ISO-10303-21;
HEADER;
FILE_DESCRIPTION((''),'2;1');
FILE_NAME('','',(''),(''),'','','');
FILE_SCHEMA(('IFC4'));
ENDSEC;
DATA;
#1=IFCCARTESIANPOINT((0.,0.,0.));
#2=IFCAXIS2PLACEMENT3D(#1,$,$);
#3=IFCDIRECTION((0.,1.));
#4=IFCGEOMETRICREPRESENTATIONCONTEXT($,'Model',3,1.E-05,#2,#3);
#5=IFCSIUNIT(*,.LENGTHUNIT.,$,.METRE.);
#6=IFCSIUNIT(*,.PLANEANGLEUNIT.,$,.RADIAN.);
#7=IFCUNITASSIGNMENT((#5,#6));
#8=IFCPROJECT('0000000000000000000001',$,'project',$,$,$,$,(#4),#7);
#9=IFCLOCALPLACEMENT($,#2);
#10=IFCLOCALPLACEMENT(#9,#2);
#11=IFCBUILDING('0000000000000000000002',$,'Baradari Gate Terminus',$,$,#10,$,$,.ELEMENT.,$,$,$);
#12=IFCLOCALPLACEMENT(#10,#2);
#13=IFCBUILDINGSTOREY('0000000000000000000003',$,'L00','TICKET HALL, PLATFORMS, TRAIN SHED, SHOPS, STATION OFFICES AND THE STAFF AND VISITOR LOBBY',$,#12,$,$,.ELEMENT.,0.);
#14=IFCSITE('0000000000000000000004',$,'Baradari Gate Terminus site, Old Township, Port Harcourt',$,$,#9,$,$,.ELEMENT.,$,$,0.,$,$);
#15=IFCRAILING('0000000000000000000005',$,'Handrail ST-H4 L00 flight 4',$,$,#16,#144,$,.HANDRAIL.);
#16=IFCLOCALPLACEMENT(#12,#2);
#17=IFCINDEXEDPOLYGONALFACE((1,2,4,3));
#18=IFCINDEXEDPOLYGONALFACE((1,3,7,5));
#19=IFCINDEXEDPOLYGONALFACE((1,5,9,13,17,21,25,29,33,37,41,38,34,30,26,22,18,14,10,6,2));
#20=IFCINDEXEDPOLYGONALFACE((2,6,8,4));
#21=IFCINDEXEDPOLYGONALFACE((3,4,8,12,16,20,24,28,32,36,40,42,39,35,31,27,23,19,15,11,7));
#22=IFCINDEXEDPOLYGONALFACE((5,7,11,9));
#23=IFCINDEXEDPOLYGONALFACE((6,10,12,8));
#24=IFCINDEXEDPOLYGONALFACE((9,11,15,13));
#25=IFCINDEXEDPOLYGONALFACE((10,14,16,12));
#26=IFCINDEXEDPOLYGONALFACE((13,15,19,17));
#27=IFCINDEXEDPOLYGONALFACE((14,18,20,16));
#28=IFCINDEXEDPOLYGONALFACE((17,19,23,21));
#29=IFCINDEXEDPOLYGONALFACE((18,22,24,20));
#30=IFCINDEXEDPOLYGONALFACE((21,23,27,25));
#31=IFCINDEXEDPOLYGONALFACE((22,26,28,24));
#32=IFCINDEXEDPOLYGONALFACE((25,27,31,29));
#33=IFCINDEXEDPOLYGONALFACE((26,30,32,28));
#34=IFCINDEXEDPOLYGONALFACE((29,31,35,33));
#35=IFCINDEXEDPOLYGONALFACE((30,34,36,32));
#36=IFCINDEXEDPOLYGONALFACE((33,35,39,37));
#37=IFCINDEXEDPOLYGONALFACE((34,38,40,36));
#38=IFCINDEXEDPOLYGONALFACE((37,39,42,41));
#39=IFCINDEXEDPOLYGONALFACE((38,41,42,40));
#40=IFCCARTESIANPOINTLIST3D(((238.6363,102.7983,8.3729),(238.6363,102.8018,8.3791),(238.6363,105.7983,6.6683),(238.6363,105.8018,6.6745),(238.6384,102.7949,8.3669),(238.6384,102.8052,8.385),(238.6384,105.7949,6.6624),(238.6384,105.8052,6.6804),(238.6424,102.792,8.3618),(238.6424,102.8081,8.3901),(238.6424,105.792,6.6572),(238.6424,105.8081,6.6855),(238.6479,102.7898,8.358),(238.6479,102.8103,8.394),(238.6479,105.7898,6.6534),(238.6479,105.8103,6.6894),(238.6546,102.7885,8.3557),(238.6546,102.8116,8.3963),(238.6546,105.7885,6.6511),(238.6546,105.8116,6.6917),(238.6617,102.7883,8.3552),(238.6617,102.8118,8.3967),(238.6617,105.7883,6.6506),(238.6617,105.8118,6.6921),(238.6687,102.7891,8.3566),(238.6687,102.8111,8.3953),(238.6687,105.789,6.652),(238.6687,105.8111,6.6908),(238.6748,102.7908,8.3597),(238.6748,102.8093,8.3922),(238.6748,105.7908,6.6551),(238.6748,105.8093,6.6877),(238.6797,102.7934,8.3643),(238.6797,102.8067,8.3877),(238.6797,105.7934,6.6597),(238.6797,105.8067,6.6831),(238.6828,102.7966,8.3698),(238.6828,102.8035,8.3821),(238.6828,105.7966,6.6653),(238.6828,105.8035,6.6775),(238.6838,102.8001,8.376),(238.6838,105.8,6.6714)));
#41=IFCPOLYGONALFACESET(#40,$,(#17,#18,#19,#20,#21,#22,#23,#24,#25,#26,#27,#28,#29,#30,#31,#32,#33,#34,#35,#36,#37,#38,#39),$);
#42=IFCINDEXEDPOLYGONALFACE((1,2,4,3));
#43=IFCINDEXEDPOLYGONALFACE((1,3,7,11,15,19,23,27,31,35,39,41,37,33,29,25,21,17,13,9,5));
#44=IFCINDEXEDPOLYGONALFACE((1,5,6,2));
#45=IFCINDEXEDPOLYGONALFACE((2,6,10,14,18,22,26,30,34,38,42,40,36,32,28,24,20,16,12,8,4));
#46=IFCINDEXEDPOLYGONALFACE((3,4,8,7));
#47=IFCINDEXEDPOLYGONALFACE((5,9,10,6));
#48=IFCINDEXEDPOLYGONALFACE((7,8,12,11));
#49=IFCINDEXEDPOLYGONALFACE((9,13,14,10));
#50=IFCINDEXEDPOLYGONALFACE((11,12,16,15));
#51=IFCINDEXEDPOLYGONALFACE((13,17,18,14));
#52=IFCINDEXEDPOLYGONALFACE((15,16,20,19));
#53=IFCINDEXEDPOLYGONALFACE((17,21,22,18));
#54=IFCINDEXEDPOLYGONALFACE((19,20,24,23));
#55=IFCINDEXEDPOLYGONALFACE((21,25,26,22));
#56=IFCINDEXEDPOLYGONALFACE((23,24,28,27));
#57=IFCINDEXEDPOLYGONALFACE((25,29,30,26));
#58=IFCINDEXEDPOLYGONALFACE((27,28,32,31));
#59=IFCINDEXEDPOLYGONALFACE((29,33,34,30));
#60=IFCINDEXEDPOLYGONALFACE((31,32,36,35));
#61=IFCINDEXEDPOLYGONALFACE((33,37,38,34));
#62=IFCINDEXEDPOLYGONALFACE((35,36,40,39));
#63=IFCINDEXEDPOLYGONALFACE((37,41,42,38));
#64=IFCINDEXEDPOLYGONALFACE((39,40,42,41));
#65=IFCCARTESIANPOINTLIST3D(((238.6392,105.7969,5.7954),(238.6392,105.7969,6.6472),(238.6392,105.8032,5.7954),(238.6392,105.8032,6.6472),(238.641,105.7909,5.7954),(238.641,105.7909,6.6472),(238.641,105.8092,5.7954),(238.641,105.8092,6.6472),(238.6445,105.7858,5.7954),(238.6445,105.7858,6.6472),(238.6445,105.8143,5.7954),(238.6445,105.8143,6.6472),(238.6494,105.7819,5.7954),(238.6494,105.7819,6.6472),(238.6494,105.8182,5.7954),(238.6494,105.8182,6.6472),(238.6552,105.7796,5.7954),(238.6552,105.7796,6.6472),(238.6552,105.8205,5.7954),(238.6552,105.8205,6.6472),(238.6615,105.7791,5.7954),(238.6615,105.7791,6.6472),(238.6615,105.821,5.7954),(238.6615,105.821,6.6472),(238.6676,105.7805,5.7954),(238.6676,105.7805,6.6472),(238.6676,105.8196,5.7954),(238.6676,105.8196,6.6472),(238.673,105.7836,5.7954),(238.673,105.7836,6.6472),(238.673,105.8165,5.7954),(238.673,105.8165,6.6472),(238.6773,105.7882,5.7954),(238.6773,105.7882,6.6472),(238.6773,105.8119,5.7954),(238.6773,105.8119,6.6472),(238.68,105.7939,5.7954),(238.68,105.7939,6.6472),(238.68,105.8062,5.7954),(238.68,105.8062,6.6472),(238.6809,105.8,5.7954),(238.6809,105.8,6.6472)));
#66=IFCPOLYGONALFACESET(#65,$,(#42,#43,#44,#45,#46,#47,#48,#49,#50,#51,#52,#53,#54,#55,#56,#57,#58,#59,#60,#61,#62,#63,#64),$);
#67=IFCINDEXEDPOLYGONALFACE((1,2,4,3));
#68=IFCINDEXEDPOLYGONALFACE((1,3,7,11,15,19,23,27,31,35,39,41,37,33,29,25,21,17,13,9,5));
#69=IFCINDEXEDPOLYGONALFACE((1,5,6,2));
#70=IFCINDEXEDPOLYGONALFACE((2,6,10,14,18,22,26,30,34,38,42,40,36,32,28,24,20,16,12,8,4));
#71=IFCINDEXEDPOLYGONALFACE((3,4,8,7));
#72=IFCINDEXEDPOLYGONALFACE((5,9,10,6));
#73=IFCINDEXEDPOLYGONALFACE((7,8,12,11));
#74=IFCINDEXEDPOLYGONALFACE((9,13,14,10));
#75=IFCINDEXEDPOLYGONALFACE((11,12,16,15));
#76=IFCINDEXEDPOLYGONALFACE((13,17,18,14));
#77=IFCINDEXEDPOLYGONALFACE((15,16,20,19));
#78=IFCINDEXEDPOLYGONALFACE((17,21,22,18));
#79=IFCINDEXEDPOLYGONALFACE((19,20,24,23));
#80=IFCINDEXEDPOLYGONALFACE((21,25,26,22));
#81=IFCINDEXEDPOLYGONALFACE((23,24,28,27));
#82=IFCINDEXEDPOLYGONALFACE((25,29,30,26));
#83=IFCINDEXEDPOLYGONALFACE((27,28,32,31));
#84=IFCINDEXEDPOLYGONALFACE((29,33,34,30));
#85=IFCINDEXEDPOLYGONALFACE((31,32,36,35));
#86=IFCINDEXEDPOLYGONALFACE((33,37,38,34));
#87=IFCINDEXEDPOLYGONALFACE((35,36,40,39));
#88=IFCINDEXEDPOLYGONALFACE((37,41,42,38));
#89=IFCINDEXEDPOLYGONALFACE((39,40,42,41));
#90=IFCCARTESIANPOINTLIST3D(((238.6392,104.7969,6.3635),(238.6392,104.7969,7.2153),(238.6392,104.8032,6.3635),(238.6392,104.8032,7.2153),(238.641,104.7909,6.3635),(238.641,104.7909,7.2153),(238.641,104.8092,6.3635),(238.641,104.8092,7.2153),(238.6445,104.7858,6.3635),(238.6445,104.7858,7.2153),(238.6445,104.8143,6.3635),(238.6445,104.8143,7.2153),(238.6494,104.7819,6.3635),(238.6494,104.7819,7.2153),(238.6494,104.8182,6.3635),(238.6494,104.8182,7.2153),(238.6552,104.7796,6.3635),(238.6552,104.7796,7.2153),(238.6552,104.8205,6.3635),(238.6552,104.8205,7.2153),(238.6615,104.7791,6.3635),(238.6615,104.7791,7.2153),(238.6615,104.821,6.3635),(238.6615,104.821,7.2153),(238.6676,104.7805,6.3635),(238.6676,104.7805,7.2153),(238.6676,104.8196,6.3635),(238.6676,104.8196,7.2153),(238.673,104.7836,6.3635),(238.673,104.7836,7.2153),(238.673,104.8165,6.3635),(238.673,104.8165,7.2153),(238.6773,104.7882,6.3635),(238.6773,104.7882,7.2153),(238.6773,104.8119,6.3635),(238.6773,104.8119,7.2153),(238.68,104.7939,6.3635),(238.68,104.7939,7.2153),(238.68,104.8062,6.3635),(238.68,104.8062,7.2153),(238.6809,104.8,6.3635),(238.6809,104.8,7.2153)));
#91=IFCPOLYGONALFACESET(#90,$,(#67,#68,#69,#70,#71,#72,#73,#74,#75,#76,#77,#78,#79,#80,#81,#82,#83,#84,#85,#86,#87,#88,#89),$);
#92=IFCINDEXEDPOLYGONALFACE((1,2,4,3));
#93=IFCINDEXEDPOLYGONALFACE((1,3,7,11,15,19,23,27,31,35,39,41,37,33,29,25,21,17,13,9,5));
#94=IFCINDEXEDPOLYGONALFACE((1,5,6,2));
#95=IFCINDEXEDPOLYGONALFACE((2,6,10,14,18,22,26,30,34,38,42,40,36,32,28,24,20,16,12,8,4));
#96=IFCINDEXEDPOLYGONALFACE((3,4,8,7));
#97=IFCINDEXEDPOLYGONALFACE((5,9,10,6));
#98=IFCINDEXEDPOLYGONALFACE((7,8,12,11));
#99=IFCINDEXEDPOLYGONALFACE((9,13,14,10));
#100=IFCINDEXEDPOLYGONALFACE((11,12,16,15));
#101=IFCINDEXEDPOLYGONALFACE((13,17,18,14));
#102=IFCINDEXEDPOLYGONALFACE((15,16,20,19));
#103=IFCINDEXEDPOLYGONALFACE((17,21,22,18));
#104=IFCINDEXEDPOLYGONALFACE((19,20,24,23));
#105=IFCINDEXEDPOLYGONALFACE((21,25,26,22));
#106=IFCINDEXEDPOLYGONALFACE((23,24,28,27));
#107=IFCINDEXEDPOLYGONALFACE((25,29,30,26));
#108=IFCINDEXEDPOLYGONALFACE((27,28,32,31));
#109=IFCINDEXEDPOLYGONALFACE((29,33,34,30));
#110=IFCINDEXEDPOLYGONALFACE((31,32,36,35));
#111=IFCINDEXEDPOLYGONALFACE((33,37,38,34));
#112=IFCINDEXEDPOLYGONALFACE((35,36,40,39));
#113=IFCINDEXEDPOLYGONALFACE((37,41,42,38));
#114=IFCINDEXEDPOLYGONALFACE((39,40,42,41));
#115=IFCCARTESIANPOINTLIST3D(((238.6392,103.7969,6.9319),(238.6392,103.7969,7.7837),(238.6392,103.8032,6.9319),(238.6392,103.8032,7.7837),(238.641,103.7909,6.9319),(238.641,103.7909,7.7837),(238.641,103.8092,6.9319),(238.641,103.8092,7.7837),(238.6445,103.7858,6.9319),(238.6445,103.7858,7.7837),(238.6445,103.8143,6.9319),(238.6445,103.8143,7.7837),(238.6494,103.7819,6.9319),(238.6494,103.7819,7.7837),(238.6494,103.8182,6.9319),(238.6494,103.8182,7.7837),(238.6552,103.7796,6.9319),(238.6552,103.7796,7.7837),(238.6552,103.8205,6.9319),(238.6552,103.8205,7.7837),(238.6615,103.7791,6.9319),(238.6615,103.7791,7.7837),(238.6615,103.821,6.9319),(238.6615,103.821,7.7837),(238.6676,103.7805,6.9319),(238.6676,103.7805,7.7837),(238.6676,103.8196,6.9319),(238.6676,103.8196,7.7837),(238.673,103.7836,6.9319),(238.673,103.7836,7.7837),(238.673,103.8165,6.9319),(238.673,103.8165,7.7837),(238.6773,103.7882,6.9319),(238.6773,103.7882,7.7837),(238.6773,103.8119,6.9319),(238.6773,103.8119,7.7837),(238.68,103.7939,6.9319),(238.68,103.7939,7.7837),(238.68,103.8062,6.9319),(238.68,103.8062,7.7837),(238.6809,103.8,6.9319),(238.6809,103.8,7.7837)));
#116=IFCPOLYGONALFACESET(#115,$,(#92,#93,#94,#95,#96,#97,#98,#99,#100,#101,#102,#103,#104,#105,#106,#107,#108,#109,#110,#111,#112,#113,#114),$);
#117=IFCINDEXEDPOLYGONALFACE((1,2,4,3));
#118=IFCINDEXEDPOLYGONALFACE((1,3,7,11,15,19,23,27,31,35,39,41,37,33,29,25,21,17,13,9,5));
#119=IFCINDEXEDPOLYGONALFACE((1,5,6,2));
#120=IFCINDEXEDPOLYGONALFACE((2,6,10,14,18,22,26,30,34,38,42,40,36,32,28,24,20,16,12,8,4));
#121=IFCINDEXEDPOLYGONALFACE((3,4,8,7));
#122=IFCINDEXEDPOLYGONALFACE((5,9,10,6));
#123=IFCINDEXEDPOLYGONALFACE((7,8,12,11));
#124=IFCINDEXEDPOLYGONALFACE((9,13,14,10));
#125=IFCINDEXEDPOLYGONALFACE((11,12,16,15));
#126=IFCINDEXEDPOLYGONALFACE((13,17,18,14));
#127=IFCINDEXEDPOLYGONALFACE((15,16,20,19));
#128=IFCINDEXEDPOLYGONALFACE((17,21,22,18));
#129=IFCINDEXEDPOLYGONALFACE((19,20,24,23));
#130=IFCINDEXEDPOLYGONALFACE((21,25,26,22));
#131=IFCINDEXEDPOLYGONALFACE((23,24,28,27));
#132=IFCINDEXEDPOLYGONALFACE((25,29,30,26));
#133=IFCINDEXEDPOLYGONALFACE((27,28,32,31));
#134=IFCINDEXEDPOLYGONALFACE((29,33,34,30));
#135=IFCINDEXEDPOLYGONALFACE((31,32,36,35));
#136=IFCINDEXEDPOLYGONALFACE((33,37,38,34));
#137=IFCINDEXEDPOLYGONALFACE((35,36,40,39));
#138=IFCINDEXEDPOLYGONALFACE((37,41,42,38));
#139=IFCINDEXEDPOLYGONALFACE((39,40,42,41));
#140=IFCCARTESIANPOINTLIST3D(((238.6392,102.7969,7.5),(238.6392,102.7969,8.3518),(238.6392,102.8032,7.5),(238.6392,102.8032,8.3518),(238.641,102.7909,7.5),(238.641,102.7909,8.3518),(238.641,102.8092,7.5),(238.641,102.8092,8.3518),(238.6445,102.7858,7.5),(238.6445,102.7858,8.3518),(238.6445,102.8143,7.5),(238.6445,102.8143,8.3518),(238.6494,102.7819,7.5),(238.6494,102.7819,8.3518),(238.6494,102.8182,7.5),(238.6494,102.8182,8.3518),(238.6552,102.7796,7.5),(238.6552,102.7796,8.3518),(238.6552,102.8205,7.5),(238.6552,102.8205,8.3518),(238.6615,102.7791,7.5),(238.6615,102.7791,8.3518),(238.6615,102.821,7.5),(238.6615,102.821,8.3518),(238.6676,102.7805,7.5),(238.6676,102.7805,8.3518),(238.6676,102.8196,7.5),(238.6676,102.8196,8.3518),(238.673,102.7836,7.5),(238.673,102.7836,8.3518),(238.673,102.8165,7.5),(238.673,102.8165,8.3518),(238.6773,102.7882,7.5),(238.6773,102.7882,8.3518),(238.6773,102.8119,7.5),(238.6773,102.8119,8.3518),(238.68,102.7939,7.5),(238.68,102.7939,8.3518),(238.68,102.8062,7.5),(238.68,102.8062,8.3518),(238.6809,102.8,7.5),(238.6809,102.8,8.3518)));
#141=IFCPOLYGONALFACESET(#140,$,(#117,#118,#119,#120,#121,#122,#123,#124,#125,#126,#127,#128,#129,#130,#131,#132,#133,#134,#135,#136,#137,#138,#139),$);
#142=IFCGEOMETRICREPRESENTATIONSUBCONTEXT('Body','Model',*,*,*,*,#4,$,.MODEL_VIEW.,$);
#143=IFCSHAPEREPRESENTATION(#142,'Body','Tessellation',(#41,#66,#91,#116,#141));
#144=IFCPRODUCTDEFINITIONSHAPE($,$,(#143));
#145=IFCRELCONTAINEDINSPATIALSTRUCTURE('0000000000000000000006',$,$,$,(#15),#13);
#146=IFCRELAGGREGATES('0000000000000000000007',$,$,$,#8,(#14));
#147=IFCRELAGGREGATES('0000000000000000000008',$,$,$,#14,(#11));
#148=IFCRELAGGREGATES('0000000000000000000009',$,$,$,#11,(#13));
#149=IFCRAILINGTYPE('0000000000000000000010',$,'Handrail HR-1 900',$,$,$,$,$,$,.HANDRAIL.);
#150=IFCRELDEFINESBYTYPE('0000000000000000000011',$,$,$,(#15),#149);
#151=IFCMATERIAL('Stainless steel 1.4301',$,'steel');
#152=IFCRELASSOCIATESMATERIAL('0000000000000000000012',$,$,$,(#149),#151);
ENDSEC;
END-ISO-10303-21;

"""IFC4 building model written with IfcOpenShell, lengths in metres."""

from ifc_helpers import new_model, si_unit, direction, frame, origin, origin_2d, place, context, subcontext, project, spatial, circle, extrude, material, type_object, element, save


model = new_model("IFC4")

# Units and contexts
model_context = context("Model", 3, precision=1e-05, world=origin(), true_north=direction((0.0, 1.0)))
body_context = subcontext(model_context, "Body", "Model", "MODEL_VIEW")
ifc_project = project(units=[si_unit("LENGTHUNIT", "METRE"), si_unit("PLANEANGLEUNIT", "RADIAN")], contexts=[model_context])

# Site, building, storey
site_placement = place(None, origin())
site = spatial("IfcSite", under=ifc_project, at=site_placement, Name="Baradari Gate Terminus site, Old Township, Port Harcourt", CompositionType="ELEMENT", RefElevation=0.0)
building_placement = place(site_placement, origin())
building = spatial("IfcBuilding", under=site, at=building_placement, Name="Baradari Gate Terminus", CompositionType="ELEMENT")
storey_placement = place(building_placement, origin())
storey = spatial("IfcBuildingStorey", under=building, at=storey_placement, Name="L00", Description="TICKET HALL, PLATFORMS, TRAIN SHED, SHOPS, STATION OFFICES AND THE STAFF AND VISITOR LOBBY", CompositionType="ELEMENT", Elevation=0.0)

# Railing
ifc_material_1 = material(Name="Stainless steel 1.4301", Category="steel")
railing_type_1 = type_object("IfcRailingType", Name="Handrail HR-1 900", PredefinedType="HANDRAIL", material=ifc_material_1)
for number, where, name in (
    (1, (238.6599, 105.8, 5.7954), "Handrail ST-H4 L00 flight 4"),
):
    element("IfcRailing", number, at=place(storey_placement, frame(where)), inside=storey, type_object=railing_type_1, Name=name, PredefinedType="HANDRAIL", context=body_context, shape_type="SweptSolid", body=[
        extrude(circle(Radius=0.0239, at=origin_2d()), frame((0.0, 0.0, 0.876), z_axis=(0.0, -0.869451, 0.494019), x_axis=(1.0, 0.0, 0.0)), (0.0, 0.0, 1.0), 3.4504),
        extrude(circle(Radius=0.021, at=origin_2d()), origin(), (0.0, 0.0, 1.0), 0.8518),
        extrude(circle(Radius=0.021, at=origin_2d()), frame((0.0, -1.0, 0.5681)), (0.0, 0.0, 1.0), 0.8518),
        extrude(circle(Radius=0.021, at=origin_2d()), frame((0.0, -2.0, 1.1365)), (0.0, 0.0, 1.0), 0.8518),
        extrude(circle(Radius=0.021, at=origin_2d()), frame((0.0, -3.0, 1.7046)), (0.0, 0.0, 1.0), 0.8518),
    ])

save(model, "model.ifc")
